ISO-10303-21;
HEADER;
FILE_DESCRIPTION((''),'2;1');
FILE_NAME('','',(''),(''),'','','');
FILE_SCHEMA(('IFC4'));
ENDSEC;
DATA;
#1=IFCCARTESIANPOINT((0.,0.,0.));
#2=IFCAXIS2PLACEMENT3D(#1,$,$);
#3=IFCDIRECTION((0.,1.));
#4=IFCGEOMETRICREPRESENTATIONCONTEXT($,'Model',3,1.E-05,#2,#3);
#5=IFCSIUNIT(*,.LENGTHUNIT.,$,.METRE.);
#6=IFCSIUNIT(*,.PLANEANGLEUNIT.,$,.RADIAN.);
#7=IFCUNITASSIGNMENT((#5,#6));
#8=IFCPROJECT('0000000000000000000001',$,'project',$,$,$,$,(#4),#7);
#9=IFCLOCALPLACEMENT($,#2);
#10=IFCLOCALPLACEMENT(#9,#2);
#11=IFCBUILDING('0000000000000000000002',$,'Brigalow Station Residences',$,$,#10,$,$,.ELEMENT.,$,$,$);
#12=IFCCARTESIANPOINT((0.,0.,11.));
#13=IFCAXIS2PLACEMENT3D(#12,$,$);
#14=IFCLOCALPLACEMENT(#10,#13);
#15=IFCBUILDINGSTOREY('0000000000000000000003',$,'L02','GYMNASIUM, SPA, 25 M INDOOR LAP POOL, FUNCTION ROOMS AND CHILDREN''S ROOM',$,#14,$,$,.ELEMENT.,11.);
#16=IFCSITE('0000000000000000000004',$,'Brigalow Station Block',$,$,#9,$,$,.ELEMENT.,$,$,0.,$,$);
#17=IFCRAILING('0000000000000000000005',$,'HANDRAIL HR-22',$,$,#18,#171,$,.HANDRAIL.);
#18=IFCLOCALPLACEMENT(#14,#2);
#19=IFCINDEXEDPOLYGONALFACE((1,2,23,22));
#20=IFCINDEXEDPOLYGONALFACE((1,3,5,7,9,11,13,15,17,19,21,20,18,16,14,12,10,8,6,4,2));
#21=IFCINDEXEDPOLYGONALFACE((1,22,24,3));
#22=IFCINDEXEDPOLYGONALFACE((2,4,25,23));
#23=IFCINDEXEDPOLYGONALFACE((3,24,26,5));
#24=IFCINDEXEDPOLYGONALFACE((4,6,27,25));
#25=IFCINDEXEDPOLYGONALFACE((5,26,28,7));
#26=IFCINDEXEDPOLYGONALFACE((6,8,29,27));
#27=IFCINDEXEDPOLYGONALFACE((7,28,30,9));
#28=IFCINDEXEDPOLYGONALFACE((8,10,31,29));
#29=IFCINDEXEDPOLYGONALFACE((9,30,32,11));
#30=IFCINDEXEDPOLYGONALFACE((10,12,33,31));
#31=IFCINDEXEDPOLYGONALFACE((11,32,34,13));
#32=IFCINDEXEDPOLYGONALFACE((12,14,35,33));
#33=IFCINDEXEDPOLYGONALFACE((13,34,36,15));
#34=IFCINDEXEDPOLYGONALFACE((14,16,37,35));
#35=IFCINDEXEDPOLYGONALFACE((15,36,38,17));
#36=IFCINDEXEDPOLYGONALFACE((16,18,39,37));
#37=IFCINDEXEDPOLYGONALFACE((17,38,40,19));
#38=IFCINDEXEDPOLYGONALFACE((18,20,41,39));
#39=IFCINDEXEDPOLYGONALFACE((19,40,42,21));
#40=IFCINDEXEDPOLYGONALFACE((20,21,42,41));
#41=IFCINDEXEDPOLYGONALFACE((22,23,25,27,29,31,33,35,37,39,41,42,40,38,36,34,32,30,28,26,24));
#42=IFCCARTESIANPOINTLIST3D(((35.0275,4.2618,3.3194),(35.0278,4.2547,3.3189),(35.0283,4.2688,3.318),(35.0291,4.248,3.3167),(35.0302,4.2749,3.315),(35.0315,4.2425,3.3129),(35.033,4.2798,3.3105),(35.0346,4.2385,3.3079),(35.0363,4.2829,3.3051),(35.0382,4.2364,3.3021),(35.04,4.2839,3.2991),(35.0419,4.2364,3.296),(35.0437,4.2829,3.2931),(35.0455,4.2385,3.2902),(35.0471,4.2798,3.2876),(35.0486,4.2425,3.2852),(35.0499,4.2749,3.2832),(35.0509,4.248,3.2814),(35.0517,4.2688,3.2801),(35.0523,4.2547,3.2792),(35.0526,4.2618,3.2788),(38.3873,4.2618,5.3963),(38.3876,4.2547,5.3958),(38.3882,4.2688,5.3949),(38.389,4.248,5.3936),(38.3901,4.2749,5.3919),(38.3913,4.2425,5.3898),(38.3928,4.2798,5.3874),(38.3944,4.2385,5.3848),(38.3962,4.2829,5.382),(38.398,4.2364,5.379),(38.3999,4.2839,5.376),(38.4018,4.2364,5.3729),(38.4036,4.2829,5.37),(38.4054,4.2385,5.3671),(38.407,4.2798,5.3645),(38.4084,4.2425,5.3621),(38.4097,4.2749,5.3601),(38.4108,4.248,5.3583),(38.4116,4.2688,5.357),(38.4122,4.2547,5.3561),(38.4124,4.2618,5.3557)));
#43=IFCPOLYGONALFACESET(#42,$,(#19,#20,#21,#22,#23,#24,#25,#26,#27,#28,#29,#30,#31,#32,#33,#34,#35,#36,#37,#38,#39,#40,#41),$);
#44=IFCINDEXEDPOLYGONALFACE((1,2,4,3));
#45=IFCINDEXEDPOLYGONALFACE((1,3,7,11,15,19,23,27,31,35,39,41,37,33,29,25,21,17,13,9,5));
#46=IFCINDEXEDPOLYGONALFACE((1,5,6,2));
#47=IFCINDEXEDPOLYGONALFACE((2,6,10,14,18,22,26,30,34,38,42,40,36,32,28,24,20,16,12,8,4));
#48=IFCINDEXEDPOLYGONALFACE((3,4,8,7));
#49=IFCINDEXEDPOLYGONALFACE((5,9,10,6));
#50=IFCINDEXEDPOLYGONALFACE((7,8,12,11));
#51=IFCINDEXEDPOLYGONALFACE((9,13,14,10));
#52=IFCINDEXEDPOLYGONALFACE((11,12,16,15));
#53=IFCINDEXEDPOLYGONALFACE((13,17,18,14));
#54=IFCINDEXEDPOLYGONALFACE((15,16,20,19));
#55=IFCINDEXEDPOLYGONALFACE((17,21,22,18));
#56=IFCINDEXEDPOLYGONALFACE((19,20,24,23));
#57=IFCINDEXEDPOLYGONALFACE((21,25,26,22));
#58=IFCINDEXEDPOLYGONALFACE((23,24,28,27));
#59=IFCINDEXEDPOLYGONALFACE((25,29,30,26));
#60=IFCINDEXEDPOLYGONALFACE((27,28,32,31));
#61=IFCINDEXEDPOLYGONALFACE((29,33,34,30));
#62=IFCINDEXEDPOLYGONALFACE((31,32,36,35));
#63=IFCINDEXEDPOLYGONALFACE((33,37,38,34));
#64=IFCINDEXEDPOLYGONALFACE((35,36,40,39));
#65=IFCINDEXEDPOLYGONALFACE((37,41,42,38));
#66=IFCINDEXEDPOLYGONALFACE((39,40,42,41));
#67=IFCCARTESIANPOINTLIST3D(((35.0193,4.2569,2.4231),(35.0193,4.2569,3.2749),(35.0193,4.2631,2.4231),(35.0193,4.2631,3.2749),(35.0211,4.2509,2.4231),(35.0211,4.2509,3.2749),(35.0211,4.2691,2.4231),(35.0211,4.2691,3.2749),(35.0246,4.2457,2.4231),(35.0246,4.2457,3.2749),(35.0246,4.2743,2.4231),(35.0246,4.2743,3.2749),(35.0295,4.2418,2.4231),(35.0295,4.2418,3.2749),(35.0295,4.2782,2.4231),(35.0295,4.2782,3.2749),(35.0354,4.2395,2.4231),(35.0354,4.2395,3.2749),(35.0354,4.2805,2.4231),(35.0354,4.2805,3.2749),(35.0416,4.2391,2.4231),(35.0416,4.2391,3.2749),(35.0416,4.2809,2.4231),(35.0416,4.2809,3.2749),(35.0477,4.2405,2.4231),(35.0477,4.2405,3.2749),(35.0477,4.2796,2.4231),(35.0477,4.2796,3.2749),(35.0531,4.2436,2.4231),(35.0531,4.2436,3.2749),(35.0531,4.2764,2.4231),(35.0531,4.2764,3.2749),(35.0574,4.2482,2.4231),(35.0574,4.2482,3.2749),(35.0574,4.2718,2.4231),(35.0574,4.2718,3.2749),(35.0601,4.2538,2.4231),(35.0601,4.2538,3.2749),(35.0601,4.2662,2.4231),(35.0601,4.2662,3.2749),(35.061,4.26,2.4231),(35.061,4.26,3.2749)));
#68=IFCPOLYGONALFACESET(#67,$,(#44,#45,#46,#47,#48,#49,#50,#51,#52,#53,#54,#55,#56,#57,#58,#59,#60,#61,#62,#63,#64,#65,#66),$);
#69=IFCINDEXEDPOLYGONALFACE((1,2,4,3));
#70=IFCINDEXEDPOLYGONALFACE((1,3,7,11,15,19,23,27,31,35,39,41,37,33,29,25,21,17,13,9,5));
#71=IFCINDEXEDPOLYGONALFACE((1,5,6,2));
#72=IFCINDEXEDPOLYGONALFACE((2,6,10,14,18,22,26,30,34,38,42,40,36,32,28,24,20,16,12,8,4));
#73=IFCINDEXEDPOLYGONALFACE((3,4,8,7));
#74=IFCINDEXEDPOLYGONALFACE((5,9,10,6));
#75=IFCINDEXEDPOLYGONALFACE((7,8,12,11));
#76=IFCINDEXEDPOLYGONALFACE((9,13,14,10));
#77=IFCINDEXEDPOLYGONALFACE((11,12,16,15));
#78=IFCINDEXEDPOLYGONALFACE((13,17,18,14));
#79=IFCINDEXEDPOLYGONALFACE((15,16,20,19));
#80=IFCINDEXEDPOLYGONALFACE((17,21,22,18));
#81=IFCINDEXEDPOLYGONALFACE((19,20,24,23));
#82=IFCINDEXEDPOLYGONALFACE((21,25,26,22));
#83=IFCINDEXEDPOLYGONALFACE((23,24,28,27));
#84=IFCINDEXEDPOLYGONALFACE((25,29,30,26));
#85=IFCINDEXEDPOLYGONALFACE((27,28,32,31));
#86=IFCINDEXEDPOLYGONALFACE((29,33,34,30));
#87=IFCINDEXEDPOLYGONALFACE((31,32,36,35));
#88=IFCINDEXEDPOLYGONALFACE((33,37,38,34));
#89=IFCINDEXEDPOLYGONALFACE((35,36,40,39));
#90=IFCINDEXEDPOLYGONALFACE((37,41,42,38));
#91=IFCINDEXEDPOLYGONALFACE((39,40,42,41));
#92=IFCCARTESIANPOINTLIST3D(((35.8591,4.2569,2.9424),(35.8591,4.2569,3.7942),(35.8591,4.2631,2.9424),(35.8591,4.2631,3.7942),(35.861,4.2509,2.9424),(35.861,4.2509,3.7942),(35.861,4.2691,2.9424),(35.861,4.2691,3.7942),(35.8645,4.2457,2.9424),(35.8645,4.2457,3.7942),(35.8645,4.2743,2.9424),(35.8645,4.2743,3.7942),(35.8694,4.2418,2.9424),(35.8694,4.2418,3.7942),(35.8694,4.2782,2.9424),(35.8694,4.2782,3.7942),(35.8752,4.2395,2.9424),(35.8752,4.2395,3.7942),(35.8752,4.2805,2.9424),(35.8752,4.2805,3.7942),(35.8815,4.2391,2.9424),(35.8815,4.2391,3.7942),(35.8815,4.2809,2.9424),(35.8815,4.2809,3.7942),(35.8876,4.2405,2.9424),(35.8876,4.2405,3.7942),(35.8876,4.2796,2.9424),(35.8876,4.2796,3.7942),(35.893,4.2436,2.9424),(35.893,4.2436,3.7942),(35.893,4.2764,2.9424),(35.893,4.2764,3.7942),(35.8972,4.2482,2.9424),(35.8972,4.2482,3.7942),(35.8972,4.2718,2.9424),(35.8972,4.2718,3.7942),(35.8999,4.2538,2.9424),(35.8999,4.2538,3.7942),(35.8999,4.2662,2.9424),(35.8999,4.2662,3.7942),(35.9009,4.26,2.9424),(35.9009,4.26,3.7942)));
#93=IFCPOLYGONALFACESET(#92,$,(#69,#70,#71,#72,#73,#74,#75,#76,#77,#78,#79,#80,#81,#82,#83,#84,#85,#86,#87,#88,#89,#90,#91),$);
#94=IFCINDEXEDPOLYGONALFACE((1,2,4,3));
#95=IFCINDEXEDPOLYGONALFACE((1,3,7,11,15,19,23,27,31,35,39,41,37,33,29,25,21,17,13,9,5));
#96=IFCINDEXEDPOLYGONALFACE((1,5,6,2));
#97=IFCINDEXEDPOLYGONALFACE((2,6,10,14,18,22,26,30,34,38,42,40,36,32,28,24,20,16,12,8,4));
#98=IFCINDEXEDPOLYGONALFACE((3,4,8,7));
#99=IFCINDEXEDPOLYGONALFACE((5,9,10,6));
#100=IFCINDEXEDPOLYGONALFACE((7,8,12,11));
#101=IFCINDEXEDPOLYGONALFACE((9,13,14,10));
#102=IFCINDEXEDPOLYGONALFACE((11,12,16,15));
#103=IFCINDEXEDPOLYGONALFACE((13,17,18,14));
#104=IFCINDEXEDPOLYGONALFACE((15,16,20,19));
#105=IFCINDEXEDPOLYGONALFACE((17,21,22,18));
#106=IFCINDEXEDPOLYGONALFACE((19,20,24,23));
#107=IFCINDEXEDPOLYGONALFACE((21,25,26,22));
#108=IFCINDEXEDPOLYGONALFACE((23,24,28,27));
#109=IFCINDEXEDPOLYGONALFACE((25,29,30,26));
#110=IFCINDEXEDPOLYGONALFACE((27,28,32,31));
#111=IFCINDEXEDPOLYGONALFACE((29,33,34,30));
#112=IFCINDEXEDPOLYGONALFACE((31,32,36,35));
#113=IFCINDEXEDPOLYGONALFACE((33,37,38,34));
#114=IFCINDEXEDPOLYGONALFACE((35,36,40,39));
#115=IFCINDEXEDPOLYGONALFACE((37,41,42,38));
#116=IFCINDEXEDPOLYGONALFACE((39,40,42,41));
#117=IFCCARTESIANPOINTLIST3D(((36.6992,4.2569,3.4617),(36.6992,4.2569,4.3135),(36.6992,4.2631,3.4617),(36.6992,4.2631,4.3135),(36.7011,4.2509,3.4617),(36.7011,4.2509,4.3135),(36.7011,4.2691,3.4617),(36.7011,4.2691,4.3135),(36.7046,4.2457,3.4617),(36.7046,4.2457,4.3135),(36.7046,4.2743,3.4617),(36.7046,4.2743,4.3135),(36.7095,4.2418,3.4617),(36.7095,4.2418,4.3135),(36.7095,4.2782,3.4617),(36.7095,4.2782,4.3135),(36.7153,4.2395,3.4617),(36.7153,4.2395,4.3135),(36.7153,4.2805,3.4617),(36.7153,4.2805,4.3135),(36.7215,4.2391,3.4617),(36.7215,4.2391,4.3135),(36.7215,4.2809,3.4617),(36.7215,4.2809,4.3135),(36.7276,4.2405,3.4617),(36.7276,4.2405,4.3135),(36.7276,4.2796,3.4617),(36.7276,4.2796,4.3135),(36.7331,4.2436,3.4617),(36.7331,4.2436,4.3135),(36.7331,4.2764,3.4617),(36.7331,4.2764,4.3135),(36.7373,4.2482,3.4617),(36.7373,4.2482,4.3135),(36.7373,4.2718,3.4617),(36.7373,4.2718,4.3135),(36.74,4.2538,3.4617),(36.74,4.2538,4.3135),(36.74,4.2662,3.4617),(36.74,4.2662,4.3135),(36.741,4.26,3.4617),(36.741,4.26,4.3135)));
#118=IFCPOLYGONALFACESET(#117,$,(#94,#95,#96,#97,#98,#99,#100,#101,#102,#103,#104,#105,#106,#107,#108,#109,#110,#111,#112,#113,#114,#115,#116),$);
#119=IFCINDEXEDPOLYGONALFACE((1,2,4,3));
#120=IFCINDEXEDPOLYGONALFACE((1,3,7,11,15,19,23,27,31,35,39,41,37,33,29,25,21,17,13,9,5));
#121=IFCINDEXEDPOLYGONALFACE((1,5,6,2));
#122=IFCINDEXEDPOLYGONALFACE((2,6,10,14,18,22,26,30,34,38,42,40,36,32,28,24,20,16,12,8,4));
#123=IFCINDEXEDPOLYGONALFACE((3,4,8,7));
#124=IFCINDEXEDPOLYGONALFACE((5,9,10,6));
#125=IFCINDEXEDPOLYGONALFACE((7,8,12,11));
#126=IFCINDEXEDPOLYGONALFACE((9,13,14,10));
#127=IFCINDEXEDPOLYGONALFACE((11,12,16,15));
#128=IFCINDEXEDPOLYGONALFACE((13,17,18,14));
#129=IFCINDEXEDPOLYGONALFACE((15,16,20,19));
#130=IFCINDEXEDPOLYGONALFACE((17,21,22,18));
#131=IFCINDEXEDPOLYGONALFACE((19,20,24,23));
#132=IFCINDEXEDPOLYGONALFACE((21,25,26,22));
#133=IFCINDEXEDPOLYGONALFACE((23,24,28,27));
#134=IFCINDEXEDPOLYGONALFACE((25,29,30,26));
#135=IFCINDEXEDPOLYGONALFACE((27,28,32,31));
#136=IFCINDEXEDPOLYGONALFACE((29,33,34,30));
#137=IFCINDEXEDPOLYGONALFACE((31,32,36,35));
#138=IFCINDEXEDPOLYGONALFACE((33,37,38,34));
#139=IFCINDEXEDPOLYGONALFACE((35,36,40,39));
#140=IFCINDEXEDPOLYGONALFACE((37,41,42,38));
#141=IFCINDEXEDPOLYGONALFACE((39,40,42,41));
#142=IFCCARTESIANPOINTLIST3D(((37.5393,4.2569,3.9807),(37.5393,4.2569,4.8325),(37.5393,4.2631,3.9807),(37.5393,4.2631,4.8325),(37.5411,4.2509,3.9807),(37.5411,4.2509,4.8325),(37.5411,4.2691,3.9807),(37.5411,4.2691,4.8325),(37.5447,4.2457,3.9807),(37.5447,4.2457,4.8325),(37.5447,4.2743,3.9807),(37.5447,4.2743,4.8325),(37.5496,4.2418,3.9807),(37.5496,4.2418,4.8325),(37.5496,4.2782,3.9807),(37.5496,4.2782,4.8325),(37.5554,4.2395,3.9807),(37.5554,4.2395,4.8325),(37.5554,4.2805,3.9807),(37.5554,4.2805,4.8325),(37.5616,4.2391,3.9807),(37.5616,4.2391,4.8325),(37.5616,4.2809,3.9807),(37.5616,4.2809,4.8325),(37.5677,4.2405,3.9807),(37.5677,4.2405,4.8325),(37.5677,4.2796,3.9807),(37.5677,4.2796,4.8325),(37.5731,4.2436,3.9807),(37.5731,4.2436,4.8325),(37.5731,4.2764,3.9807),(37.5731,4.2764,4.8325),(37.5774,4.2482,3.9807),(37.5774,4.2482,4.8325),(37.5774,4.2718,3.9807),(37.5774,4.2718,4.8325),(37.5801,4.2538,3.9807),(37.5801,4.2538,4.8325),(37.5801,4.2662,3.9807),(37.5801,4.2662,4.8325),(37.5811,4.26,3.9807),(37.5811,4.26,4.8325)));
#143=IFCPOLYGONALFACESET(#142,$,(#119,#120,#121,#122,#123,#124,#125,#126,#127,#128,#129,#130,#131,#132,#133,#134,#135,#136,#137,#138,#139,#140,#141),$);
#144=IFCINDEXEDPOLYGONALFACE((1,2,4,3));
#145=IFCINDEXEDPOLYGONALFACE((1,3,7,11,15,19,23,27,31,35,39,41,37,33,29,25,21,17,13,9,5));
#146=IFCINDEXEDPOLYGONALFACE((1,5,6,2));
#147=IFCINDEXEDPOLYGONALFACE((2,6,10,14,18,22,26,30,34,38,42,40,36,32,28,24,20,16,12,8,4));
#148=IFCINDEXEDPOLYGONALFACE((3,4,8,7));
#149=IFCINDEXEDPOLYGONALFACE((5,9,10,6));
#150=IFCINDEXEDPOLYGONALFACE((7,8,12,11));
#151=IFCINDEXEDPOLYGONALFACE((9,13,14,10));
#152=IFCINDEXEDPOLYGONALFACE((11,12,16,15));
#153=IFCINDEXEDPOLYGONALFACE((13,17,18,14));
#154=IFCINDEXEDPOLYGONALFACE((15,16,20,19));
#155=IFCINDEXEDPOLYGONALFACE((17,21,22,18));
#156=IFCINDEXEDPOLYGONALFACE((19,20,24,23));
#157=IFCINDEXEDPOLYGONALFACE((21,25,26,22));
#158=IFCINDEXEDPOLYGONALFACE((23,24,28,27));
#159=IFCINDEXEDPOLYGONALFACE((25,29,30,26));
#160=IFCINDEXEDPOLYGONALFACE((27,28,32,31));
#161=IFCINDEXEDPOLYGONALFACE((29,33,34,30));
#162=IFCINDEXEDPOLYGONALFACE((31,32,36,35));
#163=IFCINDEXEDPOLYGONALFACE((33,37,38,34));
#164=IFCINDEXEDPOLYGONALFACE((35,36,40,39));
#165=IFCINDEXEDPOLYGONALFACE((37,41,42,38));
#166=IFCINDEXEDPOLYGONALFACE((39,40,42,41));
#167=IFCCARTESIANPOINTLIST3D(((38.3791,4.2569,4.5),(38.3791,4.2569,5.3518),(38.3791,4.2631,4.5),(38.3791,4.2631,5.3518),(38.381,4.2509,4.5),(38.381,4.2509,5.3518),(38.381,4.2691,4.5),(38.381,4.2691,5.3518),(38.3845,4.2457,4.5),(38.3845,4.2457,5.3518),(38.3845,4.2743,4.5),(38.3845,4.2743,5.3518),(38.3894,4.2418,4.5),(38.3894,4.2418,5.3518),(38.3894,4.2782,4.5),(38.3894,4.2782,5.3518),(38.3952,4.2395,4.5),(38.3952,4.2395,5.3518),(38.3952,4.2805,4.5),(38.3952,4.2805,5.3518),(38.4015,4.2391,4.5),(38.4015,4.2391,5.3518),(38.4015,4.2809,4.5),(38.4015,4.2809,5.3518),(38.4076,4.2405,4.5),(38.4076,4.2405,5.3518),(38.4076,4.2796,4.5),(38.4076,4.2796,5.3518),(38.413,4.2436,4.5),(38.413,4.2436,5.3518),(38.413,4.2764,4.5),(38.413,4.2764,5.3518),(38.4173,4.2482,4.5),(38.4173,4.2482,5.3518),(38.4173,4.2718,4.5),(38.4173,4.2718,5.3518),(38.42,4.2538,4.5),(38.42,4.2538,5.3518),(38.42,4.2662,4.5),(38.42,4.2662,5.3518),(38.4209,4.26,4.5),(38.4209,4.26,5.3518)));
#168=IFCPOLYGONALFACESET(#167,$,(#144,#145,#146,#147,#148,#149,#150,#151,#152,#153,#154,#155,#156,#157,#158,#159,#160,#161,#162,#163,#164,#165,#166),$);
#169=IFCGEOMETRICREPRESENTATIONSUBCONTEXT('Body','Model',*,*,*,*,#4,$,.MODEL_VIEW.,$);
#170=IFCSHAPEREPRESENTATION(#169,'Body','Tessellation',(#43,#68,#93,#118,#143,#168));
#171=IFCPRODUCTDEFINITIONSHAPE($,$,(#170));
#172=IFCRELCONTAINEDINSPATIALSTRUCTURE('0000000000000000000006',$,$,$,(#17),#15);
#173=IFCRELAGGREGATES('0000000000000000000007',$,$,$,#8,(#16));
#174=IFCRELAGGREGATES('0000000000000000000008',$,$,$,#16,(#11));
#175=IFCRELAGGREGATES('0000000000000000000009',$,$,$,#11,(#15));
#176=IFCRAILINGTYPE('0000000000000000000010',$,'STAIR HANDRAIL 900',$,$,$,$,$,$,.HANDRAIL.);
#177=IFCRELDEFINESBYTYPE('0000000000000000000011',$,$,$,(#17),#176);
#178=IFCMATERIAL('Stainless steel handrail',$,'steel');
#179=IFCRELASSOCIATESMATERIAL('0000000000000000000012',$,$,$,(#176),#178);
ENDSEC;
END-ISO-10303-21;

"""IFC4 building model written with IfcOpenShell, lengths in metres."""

from ifc_helpers import new_model, si_unit, direction, frame, origin, origin_2d, place, context, subcontext, project, spatial, circle, extrude, material, type_object, element, save


model = new_model("IFC4")

# Units and contexts
model_context = context("Model", 3, precision=1e-05, world=origin(), true_north=direction((0.0, 1.0)))
body_context = subcontext(model_context, "Body", "Model", "MODEL_VIEW")
ifc_project = project(units=[si_unit("LENGTHUNIT", "METRE"), si_unit("PLANEANGLEUNIT", "RADIAN")], contexts=[model_context])

# Site, building, storey
site_placement = place(None, origin())
site = spatial("IfcSite", under=ifc_project, at=site_placement, Name="Brigalow Station Block", CompositionType="ELEMENT", RefElevation=0.0)
building_placement = place(site_placement, origin())
building = spatial("IfcBuilding", under=site, at=building_placement, Name="Brigalow Station Residences", CompositionType="ELEMENT")
storey_placement = place(building_placement, frame((0.0, 0.0, 11.0)))
storey = spatial("IfcBuildingStorey", under=building, at=storey_placement, Name="L02", Description="GYMNASIUM, SPA, 25 M INDOOR LAP POOL, FUNCTION ROOMS AND CHILDREN'S ROOM", CompositionType="ELEMENT", Elevation=11.0)

# Railing
ifc_material_1 = material(Name="Stainless steel handrail", Category="steel")
railing_type = type_object("IfcRailingType", Name="STAIR HANDRAIL 900", PredefinedType="HANDRAIL", material=ifc_material_1)
railing_placement = place(storey_placement, frame((35.04, 4.26, 2.4231)))
element("IfcRailing", 1, at=railing_placement, inside=storey, type_object=railing_type, Name="HANDRAIL HR-22", PredefinedType="HANDRAIL", context=body_context, shape_type="SweptSolid", body=[
    extrude(circle(Radius=0.0239, at=origin_2d()), frame((0.0, 0.0, 0.876), z_axis=(0.850606, 0.0, 0.525803), x_axis=(0.0, 1.0, 0.0)), (0.0, 0.0, 1.0), 3.95),
    extrude(circle(Radius=0.021, at=origin_2d()), origin(), (0.0, 0.0, 1.0), 0.8518),
    extrude(circle(Radius=0.021, at=origin_2d()), frame((0.8398, 0.0, 0.5193)), (0.0, 0.0, 1.0), 0.8518),
    extrude(circle(Radius=0.021, at=origin_2d()), frame((1.6799, 0.0, 1.0386)), (0.0, 0.0, 1.0), 0.8518),
    extrude(circle(Radius=0.021, at=origin_2d()), frame((2.52, 0.0, 1.5576)), (0.0, 0.0, 1.0), 0.8518),
    extrude(circle(Radius=0.021, at=origin_2d()), frame((3.3599, 0.0, 2.0769)), (0.0, 0.0, 1.0), 0.8518),
])

save(model, "model.ifc")
